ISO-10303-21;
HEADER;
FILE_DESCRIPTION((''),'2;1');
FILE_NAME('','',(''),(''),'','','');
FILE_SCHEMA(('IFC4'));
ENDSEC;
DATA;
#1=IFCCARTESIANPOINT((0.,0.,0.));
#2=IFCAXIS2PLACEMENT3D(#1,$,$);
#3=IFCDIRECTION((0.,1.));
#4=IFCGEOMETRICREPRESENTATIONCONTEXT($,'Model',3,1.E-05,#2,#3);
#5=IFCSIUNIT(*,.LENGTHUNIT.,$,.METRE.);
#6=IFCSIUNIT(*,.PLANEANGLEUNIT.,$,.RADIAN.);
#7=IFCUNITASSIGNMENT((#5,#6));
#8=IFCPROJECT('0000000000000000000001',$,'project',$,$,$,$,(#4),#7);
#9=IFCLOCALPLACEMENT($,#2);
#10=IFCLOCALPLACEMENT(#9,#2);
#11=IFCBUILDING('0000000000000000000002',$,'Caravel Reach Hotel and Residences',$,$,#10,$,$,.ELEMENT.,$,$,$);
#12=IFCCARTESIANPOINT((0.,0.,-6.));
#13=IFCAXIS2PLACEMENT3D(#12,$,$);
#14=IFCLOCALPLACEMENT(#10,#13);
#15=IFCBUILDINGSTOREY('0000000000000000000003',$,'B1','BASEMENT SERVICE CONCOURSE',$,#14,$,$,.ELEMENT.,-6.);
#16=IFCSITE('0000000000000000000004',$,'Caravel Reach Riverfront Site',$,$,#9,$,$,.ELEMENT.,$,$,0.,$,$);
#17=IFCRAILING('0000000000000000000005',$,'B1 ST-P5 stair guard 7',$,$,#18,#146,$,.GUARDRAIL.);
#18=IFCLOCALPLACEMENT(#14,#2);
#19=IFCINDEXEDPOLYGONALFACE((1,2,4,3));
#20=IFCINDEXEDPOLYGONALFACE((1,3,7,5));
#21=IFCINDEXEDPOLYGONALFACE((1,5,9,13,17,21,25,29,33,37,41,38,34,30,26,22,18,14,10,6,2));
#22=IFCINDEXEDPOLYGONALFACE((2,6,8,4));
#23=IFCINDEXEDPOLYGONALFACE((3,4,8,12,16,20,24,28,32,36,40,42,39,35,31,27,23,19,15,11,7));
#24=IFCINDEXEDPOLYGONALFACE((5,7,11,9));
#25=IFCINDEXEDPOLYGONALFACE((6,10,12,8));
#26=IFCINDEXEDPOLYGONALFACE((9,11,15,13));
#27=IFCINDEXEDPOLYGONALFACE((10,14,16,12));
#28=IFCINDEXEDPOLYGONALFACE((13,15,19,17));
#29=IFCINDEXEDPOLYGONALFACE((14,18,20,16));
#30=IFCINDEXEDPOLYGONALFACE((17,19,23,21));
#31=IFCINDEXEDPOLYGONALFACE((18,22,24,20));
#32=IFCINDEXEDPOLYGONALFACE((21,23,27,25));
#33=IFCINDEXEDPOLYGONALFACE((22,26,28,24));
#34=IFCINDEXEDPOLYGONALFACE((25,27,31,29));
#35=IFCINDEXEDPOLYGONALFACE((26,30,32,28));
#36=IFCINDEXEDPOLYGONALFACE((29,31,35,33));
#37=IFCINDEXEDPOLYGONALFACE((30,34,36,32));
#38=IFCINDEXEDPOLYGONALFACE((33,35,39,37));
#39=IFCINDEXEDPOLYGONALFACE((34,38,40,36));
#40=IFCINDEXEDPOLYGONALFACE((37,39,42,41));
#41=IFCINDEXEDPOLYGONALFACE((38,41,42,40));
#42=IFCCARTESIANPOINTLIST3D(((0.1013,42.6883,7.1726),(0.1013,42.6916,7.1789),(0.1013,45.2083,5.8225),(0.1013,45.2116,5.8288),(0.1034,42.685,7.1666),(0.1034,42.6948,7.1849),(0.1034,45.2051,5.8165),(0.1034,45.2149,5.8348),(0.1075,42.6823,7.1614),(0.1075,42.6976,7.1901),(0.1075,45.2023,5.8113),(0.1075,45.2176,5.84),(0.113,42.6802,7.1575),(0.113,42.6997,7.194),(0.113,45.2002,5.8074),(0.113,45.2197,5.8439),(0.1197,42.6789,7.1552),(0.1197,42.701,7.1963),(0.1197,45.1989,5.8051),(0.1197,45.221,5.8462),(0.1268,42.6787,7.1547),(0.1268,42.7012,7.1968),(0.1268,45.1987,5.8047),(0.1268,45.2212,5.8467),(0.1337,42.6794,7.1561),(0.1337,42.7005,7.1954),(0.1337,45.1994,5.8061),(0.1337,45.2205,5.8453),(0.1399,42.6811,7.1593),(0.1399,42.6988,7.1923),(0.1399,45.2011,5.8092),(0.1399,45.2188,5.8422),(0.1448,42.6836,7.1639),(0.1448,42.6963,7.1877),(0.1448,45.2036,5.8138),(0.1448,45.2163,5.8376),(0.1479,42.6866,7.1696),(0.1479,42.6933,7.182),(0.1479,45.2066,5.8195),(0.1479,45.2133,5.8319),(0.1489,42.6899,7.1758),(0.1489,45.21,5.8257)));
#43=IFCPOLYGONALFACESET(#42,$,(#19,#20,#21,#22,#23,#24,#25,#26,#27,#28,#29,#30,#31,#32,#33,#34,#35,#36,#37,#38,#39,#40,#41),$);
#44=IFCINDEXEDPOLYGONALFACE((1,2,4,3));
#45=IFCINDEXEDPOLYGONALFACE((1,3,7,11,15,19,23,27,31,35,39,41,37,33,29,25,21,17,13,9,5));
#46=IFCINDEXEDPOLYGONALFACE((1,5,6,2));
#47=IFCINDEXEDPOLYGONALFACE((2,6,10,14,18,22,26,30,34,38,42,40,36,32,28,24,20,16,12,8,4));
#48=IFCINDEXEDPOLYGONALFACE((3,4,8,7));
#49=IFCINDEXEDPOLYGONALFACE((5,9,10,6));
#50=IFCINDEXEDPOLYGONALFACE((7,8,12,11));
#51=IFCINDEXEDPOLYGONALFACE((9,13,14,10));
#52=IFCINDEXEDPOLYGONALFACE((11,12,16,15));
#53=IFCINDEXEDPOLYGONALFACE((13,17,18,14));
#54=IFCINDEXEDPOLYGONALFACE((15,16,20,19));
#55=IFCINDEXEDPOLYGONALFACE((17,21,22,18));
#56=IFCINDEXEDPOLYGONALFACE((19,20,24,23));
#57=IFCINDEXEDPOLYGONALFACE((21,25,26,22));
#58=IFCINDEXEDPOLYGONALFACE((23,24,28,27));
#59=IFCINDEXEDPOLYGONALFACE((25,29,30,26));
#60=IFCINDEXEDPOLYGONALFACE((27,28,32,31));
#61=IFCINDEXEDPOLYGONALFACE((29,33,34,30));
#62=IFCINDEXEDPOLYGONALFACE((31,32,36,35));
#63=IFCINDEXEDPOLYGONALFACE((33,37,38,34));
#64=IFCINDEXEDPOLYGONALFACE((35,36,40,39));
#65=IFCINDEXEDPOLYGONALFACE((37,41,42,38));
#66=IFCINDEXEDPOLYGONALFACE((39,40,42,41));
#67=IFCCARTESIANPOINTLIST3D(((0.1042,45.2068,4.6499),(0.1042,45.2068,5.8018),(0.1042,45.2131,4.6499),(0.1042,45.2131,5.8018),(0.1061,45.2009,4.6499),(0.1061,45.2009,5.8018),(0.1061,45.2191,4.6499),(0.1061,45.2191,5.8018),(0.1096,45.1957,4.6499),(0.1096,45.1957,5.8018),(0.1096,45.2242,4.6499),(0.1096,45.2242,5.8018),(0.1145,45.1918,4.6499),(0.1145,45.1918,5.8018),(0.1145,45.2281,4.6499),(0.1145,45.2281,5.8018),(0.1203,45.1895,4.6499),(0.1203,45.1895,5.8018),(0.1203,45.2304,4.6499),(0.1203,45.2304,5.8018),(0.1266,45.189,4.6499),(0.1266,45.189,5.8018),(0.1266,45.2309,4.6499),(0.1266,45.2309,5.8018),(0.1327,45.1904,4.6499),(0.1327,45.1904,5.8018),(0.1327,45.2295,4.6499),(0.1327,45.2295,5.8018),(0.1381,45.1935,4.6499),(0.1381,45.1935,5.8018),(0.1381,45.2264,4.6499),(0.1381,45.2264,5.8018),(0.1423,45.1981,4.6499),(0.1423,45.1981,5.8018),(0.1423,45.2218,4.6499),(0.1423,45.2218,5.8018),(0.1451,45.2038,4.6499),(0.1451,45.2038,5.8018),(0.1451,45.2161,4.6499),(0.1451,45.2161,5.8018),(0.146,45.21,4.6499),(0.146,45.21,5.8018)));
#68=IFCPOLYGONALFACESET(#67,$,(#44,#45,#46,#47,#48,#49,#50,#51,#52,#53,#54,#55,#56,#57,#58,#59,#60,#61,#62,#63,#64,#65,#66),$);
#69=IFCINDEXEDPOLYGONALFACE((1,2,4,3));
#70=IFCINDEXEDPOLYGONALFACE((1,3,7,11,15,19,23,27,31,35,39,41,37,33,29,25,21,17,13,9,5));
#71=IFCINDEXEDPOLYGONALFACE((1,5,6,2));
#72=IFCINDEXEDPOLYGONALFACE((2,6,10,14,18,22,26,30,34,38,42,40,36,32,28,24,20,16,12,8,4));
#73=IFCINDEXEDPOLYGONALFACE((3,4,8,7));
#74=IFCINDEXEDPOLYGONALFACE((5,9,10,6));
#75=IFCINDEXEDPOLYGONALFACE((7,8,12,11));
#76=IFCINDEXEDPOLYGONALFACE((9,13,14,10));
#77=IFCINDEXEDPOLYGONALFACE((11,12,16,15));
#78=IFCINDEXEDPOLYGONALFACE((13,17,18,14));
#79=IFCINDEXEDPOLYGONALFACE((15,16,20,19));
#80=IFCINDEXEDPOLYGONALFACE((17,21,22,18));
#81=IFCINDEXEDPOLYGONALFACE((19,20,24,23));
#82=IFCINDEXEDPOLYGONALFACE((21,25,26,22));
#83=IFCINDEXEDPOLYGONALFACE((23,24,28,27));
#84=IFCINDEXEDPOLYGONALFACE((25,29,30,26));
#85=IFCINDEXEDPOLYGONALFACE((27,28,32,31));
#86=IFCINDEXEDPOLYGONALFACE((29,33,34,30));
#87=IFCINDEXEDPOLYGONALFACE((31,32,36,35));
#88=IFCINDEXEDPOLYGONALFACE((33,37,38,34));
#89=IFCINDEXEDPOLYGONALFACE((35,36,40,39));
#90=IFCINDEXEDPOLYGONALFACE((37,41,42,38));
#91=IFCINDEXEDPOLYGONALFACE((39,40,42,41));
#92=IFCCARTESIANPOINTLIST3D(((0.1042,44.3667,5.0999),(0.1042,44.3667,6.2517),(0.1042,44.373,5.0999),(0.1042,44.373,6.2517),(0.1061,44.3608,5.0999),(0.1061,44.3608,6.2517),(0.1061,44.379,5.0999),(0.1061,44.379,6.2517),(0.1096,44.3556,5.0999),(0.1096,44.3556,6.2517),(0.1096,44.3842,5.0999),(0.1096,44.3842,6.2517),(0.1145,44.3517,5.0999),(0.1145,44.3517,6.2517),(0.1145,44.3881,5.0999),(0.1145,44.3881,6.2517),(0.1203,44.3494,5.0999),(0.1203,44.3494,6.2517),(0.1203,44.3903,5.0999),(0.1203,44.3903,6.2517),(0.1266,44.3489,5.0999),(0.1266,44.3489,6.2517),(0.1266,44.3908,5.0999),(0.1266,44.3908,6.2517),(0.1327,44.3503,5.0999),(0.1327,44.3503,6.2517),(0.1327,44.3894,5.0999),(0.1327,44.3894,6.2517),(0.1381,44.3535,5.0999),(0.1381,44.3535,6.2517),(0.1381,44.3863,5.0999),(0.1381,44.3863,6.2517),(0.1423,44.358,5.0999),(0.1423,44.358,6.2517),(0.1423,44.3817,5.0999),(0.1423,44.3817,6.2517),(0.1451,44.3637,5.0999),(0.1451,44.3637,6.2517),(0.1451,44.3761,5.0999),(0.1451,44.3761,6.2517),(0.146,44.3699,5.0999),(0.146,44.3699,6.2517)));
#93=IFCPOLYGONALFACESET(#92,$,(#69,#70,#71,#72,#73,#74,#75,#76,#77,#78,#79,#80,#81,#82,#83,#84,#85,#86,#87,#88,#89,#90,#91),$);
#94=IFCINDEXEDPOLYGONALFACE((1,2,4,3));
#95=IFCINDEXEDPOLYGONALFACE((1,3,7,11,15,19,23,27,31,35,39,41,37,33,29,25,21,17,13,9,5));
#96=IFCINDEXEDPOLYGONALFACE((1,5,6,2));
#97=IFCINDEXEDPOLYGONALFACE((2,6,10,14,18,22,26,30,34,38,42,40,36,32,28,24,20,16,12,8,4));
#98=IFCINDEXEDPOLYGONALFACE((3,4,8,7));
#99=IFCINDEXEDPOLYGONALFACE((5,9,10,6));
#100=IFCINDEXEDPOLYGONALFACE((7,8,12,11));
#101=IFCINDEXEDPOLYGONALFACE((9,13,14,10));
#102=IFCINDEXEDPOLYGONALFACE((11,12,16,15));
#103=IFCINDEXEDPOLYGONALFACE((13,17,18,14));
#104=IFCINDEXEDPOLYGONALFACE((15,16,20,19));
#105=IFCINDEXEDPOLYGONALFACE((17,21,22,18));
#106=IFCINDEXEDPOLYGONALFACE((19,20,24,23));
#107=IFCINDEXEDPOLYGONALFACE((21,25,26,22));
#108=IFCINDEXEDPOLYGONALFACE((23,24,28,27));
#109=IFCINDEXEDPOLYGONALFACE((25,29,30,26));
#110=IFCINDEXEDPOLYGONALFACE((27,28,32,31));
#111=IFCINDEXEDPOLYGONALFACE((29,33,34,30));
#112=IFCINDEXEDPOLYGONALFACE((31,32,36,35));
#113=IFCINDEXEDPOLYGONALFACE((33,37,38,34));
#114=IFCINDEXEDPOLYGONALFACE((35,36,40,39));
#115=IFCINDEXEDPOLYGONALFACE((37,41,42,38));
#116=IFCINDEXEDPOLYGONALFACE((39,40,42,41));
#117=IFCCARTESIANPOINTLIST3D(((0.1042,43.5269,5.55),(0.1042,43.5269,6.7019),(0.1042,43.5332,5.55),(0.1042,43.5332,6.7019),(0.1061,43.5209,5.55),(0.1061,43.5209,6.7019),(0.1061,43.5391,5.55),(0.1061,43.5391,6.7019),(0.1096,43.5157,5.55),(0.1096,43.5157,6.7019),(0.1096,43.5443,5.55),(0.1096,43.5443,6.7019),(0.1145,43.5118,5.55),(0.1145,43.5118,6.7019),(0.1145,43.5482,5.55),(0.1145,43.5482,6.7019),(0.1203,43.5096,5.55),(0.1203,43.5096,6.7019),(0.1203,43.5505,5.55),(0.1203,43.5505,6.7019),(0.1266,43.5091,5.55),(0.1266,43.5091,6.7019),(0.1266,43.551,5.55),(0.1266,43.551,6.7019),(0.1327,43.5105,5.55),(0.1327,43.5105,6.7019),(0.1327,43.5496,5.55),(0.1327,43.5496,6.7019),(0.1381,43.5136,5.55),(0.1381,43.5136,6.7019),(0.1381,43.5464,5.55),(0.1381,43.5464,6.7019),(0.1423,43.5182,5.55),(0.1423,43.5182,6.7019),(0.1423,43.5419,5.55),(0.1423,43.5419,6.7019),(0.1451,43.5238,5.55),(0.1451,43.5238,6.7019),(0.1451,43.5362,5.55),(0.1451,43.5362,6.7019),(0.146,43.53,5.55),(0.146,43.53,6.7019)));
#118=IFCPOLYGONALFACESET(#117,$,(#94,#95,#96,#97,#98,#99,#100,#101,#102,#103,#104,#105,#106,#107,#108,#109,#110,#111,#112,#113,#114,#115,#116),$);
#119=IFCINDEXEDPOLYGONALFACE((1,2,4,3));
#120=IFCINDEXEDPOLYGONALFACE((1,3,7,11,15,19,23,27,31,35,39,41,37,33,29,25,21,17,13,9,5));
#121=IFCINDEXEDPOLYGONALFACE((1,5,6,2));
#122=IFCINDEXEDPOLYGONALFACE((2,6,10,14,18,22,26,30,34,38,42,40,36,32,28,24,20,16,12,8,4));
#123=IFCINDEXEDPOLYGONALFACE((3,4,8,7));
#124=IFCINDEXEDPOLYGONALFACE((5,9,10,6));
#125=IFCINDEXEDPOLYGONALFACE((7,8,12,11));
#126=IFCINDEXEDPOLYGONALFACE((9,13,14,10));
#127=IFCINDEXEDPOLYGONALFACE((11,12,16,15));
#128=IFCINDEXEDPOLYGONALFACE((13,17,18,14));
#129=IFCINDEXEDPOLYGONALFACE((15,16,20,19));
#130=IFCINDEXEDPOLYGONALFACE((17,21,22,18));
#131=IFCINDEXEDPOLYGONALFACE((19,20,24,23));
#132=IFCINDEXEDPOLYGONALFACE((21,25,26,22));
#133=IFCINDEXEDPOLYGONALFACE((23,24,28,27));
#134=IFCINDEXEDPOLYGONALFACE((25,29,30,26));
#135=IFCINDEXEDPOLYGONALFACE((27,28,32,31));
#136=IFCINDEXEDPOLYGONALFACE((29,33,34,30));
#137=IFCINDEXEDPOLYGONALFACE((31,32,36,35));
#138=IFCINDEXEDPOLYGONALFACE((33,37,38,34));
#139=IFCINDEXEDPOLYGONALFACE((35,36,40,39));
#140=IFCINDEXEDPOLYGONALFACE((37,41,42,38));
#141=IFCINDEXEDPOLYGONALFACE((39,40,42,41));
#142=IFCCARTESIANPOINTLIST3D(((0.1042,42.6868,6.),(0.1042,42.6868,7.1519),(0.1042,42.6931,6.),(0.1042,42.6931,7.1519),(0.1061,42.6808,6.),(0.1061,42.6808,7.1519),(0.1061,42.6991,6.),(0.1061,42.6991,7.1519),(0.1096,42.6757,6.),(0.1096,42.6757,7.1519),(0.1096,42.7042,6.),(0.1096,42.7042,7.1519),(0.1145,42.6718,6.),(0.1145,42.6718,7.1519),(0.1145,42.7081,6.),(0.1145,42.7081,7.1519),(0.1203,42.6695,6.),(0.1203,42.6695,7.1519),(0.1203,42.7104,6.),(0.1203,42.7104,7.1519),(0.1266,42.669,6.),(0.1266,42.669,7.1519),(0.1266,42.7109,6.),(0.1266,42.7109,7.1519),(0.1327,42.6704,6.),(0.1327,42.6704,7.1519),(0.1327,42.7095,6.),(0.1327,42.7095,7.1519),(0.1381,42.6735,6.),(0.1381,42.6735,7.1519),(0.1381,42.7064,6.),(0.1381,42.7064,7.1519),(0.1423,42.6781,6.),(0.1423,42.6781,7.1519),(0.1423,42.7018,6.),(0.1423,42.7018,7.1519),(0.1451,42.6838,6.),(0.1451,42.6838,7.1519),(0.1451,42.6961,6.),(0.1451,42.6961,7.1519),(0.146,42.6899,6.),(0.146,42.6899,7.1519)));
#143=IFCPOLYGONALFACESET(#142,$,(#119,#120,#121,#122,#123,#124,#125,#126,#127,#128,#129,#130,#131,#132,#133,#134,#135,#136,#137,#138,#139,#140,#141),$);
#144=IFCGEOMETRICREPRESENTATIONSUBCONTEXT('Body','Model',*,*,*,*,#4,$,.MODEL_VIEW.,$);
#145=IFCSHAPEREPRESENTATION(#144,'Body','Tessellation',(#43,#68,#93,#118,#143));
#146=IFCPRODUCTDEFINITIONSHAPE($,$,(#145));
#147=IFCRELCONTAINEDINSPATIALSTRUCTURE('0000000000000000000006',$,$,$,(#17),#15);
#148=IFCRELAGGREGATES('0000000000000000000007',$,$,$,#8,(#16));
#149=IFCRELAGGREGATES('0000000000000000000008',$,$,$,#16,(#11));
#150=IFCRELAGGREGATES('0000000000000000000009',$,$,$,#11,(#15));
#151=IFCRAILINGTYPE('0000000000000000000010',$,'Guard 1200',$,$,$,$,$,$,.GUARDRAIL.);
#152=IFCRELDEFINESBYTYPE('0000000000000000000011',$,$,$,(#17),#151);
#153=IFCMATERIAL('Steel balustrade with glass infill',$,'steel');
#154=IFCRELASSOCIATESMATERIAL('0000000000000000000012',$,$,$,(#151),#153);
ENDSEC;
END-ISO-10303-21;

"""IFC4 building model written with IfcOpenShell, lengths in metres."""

from ifc_helpers import new_model, si_unit, direction, frame, origin, origin_2d, place, context, subcontext, project, spatial, circle, extrude, material, type_object, element, save


model = new_model("IFC4")

# Units and contexts
model_context = context("Model", 3, precision=1e-05, world=origin(), true_north=direction((0.0, 1.0)))
body_context = subcontext(model_context, "Body", "Model", "MODEL_VIEW")
ifc_project = project(units=[si_unit("LENGTHUNIT", "METRE"), si_unit("PLANEANGLEUNIT", "RADIAN")], contexts=[model_context])

# Site, building, storey
site_placement = place(None, origin())
site = spatial("IfcSite", under=ifc_project, at=site_placement, Name="Caravel Reach Riverfront Site", CompositionType="ELEMENT", RefElevation=0.0)
building_placement = place(site_placement, origin())
building = spatial("IfcBuilding", under=site, at=building_placement, Name="Caravel Reach Hotel and Residences", CompositionType="ELEMENT")
storey_placement = place(building_placement, frame((0.0, 0.0, -6.0)))
storey = spatial("IfcBuildingStorey", under=building, at=storey_placement, Name="B1", Description="BASEMENT SERVICE CONCOURSE", CompositionType="ELEMENT", Elevation=-6.0)

# Railing
ifc_material_1 = material(Name="Steel balustrade with glass infill", Category="steel")
railing_type_1 = type_object("IfcRailingType", Name="Guard 1200", PredefinedType="GUARDRAIL", material=ifc_material_1)
railing_1_placement = place(storey_placement, frame((0.125, 45.21, 4.6499)))
element("IfcRailing", 1, at=railing_1_placement, inside=storey, type_object=railing_type_1, Name="B1 ST-P5 stair guard 7", PredefinedType="GUARDRAIL", context=body_context, shape_type="SweptSolid", body=[
    extrude(circle(Radius=0.0239, at=origin_2d()), frame((0.0, 0.0, 1.1758), z_axis=(0.0, -0.881467, 0.472245), x_axis=(1.0, 0.0, 0.0)), (0.0, 0.0, 1.0), 2.8589),
    extrude(circle(Radius=0.021, at=origin_2d()), origin(), (0.0, 0.0, 1.0), 1.1519),
    extrude(circle(Radius=0.021, at=origin_2d()), frame((0.0, -0.8401, 0.45)), (0.0, 0.0, 1.0), 1.1519),
    extrude(circle(Radius=0.021, at=origin_2d()), frame((0.0, -1.6799, 0.9001)), (0.0, 0.0, 1.0), 1.1519),
    extrude(circle(Radius=0.021, at=origin_2d()), frame((0.0, -2.52, 1.3501)), (0.0, 0.0, 1.0), 1.1519),
])

save(model, "model.ifc")
